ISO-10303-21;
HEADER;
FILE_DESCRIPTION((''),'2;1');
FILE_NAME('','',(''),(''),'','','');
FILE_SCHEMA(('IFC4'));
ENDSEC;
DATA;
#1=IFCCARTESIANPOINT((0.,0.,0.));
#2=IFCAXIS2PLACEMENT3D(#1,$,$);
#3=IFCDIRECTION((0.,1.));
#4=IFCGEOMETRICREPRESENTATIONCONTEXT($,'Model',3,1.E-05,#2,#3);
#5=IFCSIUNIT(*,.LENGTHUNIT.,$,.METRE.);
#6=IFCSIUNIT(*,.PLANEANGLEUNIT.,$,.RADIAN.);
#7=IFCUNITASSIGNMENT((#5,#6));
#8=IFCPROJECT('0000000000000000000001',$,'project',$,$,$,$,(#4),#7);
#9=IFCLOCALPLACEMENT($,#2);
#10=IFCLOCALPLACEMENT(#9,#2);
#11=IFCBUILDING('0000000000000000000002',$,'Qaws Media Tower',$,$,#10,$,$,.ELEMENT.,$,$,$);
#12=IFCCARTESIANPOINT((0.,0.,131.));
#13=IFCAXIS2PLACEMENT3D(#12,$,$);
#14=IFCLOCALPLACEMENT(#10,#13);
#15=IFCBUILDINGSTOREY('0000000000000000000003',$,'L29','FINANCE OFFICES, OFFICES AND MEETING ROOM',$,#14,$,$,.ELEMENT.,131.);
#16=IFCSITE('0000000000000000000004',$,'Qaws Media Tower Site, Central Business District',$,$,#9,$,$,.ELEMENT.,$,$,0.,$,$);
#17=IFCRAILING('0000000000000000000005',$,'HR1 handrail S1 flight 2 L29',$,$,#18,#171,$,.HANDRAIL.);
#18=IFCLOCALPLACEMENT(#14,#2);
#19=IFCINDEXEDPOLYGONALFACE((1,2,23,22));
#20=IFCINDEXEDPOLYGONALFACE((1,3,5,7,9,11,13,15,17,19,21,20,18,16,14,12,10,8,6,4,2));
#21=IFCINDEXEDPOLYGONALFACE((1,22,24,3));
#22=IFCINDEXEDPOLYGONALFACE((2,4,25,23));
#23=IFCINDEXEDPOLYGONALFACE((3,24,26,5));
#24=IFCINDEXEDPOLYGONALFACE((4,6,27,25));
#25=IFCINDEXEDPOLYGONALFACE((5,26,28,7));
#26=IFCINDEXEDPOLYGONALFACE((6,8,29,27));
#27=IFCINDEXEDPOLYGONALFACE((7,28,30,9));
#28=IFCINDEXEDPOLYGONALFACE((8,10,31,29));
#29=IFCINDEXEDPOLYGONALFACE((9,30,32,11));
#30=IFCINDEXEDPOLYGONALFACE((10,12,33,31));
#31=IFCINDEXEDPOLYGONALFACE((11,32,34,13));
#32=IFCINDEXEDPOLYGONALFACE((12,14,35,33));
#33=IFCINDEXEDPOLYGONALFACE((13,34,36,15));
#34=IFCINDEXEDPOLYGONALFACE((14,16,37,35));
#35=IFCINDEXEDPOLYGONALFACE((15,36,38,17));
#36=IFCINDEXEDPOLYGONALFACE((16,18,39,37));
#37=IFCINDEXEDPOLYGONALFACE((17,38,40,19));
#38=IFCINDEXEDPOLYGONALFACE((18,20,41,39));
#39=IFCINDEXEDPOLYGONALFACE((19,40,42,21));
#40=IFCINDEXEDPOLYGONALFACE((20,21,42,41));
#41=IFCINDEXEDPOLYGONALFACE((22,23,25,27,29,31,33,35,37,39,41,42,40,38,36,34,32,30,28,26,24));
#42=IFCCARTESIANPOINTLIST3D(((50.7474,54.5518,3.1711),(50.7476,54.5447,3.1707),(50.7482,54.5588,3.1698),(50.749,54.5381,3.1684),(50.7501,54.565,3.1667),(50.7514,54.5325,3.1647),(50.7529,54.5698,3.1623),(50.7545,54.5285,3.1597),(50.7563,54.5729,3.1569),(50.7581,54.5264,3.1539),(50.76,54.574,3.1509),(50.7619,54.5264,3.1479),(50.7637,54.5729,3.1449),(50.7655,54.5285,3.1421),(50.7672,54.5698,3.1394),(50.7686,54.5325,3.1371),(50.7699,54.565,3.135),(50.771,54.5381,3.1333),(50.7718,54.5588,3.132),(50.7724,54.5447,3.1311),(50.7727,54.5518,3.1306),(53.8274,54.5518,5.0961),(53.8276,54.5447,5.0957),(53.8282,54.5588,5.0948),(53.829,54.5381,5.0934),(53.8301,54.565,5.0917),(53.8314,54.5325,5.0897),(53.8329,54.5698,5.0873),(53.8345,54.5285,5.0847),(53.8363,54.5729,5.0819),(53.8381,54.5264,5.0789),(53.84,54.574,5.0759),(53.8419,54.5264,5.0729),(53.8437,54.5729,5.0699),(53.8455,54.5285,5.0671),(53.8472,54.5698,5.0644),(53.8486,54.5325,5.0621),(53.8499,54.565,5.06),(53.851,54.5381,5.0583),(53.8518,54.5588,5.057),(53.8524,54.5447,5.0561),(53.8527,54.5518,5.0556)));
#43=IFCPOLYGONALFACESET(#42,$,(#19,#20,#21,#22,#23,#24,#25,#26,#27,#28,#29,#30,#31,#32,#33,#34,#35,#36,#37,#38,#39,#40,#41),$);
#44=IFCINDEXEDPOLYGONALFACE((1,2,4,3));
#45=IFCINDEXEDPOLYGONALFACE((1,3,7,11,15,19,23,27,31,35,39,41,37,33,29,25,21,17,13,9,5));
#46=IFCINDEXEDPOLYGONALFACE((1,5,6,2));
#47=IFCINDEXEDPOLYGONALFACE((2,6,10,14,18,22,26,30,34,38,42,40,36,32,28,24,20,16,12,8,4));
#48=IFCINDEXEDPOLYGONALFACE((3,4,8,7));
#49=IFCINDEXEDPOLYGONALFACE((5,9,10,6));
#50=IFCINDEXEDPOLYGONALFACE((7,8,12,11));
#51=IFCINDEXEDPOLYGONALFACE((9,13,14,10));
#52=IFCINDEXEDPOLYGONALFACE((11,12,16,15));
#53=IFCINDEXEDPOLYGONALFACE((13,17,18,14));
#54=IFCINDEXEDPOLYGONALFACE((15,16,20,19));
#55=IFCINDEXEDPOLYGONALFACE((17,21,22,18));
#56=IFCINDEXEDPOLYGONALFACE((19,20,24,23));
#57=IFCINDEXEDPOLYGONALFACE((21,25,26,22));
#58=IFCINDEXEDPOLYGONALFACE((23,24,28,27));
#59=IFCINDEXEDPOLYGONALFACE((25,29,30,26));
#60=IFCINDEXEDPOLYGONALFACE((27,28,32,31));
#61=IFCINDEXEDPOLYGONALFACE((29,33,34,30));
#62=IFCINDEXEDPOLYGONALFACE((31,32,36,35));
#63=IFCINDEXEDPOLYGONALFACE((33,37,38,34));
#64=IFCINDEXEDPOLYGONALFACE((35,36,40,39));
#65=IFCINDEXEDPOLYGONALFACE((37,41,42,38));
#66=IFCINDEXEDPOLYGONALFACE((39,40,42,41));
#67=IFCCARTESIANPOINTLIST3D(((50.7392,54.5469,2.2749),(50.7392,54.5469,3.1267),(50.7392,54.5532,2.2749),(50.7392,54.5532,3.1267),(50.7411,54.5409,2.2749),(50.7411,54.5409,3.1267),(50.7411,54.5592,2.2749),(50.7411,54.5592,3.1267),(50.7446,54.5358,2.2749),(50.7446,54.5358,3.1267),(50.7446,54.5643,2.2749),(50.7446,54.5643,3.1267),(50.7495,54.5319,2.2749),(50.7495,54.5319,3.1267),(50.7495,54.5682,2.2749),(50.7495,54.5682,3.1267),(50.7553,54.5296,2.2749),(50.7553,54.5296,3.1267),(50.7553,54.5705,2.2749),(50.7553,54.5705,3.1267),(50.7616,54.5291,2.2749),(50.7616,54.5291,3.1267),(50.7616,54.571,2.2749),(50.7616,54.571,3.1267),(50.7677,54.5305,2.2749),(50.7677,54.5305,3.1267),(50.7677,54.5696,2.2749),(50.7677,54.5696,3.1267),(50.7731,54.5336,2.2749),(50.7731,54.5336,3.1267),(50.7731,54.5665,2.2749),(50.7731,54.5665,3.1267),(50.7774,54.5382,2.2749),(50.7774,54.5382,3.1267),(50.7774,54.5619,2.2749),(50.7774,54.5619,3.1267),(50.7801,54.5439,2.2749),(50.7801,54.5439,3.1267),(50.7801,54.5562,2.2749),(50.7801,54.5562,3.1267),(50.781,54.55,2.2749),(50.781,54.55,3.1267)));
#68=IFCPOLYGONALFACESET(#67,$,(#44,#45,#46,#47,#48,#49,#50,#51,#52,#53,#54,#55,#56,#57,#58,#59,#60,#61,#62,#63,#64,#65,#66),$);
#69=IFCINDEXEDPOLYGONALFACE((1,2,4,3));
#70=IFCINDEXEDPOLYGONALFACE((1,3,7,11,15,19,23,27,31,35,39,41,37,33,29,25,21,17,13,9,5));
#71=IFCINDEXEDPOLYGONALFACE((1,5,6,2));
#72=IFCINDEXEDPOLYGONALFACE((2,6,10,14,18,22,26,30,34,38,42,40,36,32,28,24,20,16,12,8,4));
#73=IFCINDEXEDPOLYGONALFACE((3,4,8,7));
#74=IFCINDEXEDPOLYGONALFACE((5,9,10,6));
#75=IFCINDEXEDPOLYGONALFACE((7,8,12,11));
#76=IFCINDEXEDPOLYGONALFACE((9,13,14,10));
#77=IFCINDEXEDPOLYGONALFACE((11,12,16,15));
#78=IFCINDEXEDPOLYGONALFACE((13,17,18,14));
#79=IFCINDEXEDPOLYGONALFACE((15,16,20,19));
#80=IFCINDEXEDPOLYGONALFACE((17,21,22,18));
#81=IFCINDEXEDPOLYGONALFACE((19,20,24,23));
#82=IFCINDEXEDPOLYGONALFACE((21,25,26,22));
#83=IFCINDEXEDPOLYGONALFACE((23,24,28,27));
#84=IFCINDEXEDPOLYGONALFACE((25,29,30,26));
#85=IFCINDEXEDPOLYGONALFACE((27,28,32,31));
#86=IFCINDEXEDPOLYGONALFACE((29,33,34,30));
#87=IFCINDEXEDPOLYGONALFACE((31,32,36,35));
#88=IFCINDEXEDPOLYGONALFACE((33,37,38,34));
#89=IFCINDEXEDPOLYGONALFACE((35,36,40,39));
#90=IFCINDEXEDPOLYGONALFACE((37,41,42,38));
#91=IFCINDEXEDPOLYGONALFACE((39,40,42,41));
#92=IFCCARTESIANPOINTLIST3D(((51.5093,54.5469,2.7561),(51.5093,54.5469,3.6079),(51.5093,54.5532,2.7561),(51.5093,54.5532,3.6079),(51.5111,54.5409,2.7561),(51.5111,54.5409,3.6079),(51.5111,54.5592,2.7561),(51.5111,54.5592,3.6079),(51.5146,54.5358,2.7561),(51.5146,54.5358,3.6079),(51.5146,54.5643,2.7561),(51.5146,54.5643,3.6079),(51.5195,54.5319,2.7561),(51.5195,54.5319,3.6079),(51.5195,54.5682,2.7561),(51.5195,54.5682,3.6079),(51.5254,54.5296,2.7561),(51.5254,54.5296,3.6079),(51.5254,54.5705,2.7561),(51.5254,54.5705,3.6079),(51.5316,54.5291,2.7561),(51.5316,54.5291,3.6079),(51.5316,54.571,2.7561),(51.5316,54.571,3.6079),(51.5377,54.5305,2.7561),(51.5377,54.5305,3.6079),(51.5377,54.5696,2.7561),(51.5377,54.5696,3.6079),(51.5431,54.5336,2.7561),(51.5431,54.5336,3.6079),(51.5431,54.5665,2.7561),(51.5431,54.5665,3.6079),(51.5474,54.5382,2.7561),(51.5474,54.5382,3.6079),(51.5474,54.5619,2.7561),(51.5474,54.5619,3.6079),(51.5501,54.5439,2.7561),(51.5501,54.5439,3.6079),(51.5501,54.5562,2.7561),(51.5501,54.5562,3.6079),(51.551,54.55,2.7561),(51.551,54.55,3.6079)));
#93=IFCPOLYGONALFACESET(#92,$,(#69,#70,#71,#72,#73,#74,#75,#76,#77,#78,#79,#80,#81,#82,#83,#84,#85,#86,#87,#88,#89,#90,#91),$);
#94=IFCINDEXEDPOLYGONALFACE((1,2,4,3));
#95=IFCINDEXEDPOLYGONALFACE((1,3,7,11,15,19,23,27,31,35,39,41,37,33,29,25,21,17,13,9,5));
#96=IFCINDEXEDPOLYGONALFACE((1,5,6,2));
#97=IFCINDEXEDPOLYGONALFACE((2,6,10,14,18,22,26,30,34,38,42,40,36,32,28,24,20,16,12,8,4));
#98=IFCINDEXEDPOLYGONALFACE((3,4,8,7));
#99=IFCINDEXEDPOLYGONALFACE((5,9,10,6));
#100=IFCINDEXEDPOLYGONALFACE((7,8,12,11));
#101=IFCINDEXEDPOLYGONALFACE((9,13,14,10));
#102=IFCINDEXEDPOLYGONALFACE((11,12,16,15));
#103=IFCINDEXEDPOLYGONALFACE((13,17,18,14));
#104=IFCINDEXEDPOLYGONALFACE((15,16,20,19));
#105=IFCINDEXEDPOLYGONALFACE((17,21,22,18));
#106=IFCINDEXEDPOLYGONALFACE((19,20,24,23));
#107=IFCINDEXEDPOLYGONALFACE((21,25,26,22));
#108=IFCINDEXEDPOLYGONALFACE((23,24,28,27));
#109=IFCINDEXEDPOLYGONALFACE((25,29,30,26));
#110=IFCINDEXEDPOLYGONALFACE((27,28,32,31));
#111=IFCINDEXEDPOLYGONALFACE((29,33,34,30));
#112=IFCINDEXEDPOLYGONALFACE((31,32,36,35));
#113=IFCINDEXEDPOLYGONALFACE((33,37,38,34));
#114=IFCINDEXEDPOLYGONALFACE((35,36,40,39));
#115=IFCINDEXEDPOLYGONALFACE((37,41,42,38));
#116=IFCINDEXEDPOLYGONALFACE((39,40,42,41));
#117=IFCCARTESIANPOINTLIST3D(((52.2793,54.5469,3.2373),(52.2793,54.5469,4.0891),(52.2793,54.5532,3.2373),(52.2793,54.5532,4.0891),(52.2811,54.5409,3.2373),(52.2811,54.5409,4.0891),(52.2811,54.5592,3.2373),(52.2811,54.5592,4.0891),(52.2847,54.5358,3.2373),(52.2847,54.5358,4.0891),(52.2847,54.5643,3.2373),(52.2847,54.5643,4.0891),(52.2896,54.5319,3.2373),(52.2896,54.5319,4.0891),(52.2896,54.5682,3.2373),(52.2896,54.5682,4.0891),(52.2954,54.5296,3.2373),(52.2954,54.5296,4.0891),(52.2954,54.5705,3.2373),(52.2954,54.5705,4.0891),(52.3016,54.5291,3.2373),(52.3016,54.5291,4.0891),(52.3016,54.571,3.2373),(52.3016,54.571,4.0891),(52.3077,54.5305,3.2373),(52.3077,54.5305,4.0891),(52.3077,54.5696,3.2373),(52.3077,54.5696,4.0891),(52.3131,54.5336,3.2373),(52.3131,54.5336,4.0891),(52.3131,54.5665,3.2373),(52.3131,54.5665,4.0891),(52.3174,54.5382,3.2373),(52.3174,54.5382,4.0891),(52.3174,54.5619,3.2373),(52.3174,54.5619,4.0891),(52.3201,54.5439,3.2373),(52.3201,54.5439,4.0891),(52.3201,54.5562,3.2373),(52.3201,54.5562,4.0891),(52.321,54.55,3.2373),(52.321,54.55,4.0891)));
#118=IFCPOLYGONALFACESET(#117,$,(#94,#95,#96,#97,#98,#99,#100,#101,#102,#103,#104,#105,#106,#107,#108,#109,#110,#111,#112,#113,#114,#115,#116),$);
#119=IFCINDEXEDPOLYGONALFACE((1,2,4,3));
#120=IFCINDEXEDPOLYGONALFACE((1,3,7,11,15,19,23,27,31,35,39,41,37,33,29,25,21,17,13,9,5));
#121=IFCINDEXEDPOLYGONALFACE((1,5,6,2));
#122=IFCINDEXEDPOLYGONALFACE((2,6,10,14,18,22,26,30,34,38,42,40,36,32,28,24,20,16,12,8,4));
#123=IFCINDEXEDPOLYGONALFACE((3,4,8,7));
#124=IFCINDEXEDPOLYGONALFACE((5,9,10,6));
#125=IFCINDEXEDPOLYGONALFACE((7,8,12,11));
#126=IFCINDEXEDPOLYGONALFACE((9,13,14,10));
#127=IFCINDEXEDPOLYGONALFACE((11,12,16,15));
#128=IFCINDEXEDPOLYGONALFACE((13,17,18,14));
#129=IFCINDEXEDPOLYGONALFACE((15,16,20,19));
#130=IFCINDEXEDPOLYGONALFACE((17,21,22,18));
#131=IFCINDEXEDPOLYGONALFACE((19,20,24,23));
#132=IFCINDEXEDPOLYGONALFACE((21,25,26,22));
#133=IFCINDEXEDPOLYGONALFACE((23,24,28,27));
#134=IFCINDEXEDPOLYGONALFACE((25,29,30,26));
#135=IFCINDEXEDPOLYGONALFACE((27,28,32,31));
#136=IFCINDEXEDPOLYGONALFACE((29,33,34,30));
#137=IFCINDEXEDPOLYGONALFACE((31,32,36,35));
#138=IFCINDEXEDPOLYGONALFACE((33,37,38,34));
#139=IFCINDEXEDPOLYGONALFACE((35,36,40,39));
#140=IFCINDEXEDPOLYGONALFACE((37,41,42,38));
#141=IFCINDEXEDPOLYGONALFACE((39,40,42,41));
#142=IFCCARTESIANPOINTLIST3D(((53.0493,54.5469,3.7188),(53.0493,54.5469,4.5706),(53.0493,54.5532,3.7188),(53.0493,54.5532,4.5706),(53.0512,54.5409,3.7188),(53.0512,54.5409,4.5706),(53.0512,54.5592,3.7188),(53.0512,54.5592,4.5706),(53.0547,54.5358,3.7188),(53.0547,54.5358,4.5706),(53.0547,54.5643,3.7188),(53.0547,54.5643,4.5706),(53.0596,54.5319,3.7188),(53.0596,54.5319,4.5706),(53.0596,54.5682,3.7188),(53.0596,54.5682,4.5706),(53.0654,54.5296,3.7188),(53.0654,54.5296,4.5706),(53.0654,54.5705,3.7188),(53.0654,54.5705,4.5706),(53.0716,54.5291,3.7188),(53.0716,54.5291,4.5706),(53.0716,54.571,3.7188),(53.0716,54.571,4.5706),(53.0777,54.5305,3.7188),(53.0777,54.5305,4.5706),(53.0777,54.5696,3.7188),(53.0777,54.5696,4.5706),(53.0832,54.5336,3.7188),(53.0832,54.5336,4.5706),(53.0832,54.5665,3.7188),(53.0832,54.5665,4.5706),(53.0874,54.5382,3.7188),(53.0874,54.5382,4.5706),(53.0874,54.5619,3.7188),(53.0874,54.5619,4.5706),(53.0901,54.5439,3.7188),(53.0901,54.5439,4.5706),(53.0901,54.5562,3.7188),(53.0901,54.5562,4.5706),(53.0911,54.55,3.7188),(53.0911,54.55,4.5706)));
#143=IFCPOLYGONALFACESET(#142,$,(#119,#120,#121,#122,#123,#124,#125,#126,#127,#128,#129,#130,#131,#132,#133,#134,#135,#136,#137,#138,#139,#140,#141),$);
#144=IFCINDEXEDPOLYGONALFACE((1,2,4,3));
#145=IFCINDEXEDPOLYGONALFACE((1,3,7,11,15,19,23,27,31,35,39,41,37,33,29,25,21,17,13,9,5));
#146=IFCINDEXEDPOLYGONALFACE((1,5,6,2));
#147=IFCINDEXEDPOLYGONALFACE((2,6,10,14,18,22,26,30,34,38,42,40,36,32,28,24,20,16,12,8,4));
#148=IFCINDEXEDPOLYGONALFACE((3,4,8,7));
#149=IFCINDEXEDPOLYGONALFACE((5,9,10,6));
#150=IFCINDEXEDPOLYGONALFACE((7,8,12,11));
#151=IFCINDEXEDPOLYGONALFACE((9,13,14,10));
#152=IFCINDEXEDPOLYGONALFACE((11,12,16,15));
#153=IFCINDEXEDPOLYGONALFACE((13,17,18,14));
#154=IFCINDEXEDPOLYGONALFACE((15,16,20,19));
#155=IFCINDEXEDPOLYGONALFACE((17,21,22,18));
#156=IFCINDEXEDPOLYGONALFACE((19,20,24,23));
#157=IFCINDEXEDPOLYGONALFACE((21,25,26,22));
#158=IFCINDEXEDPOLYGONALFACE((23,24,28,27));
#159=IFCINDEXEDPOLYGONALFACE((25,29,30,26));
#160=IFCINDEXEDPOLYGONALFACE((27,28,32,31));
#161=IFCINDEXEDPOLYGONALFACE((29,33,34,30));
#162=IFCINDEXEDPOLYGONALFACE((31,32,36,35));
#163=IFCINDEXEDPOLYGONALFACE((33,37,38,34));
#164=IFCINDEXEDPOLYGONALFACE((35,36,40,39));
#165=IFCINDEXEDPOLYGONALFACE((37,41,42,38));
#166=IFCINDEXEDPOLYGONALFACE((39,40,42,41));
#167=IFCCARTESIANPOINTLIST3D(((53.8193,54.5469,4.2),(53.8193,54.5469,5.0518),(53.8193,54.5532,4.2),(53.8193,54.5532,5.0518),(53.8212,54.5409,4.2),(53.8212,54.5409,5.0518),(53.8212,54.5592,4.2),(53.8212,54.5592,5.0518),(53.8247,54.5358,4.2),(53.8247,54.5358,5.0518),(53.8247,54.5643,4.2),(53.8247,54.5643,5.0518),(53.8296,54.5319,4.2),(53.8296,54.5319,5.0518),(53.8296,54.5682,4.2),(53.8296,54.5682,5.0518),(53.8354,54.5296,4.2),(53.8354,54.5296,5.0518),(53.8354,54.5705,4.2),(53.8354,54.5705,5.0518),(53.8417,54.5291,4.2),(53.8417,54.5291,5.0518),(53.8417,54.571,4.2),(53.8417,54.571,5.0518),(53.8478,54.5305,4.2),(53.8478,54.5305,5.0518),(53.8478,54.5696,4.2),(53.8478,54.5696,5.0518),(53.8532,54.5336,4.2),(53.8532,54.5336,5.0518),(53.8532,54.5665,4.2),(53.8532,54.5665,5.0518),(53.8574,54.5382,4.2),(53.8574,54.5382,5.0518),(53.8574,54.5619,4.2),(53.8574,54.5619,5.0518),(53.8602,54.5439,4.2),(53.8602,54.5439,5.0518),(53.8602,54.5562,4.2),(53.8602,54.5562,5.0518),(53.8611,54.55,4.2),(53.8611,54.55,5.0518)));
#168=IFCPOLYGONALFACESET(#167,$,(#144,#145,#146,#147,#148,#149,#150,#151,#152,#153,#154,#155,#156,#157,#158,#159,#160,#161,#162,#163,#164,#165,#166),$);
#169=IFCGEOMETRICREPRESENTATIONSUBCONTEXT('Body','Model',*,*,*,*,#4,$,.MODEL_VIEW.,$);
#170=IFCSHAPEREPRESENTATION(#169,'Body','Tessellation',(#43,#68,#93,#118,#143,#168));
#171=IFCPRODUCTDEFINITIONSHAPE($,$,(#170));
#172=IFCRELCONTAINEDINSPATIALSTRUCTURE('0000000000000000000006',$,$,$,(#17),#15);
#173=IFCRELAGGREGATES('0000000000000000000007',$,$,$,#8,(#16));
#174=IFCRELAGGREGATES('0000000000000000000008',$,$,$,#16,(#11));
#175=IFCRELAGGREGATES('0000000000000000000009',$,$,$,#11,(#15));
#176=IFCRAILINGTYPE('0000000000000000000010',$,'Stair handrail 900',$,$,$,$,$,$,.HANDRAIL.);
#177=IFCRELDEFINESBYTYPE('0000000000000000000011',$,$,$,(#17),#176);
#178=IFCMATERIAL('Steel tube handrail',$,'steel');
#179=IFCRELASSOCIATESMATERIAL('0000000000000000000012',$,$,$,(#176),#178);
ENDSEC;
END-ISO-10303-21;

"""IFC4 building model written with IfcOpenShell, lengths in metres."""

from ifc_helpers import new_model, si_unit, direction, frame, origin, origin_2d, place, context, subcontext, project, spatial, circle, extrude, material, type_object, element, save


model = new_model("IFC4")

# Units and contexts
model_context = context("Model", 3, precision=1e-05, world=origin(), true_north=direction((0.0, 1.0)))
body_context = subcontext(model_context, "Body", "Model", "MODEL_VIEW")
ifc_project = project(units=[si_unit("LENGTHUNIT", "METRE"), si_unit("PLANEANGLEUNIT", "RADIAN")], contexts=[model_context])

# Site, building, storey
site_placement = place(None, origin())
site = spatial("IfcSite", under=ifc_project, at=site_placement, Name="Qaws Media Tower Site, Central Business District", CompositionType="ELEMENT", RefElevation=0.0)
building_placement = place(site_placement, origin())
building = spatial("IfcBuilding", under=site, at=building_placement, Name="Qaws Media Tower", CompositionType="ELEMENT")
storey_placement = place(building_placement, frame((0.0, 0.0, 131.0)))
storey = spatial("IfcBuildingStorey", under=building, at=storey_placement, Name="L29", Description="FINANCE OFFICES, OFFICES AND MEETING ROOM", CompositionType="ELEMENT", Elevation=131.0)

# Railing
ifc_material_1 = material(Name="Steel tube handrail", Category="steel")
railing_type = type_object("IfcRailingType", Name="Stair handrail 900", PredefinedType="HANDRAIL", material=ifc_material_1)
for number, where, name in (
    (1, (50.76, 54.55, 2.2749), "HR1 handrail S1 flight 2 L29"),
):
    element("IfcRailing", number, at=place(storey_placement, frame(where)), inside=storey, type_object=railing_type, Name=name, PredefinedType="HANDRAIL", context=body_context, shape_type="SweptSolid", body=[
        extrude(circle(Radius=0.0239, at=origin_2d()), frame((0.0, 0.0, 0.876), z_axis=(0.847998, 0.0, 0.529999), x_axis=(0.0, 1.0, 0.0)), (0.0, 0.0, 1.0), 3.6321),
        extrude(circle(Radius=0.021, at=origin_2d()), origin(), (0.0, 0.0, 1.0), 0.8518),
        extrude(circle(Radius=0.021, at=origin_2d()), frame((0.77, 0.0, 0.4812)), (0.0, 0.0, 1.0), 0.8518),
        extrude(circle(Radius=0.021, at=origin_2d()), frame((1.54, 0.0, 0.9624)), (0.0, 0.0, 1.0), 0.8518),
        extrude(circle(Radius=0.021, at=origin_2d()), frame((2.3101, 0.0, 1.4438)), (0.0, 0.0, 1.0), 0.8518),
        extrude(circle(Radius=0.021, at=origin_2d()), frame((3.0801, 0.0, 1.925)), (0.0, 0.0, 1.0), 0.8518),
    ])

save(model, "model.ifc")
